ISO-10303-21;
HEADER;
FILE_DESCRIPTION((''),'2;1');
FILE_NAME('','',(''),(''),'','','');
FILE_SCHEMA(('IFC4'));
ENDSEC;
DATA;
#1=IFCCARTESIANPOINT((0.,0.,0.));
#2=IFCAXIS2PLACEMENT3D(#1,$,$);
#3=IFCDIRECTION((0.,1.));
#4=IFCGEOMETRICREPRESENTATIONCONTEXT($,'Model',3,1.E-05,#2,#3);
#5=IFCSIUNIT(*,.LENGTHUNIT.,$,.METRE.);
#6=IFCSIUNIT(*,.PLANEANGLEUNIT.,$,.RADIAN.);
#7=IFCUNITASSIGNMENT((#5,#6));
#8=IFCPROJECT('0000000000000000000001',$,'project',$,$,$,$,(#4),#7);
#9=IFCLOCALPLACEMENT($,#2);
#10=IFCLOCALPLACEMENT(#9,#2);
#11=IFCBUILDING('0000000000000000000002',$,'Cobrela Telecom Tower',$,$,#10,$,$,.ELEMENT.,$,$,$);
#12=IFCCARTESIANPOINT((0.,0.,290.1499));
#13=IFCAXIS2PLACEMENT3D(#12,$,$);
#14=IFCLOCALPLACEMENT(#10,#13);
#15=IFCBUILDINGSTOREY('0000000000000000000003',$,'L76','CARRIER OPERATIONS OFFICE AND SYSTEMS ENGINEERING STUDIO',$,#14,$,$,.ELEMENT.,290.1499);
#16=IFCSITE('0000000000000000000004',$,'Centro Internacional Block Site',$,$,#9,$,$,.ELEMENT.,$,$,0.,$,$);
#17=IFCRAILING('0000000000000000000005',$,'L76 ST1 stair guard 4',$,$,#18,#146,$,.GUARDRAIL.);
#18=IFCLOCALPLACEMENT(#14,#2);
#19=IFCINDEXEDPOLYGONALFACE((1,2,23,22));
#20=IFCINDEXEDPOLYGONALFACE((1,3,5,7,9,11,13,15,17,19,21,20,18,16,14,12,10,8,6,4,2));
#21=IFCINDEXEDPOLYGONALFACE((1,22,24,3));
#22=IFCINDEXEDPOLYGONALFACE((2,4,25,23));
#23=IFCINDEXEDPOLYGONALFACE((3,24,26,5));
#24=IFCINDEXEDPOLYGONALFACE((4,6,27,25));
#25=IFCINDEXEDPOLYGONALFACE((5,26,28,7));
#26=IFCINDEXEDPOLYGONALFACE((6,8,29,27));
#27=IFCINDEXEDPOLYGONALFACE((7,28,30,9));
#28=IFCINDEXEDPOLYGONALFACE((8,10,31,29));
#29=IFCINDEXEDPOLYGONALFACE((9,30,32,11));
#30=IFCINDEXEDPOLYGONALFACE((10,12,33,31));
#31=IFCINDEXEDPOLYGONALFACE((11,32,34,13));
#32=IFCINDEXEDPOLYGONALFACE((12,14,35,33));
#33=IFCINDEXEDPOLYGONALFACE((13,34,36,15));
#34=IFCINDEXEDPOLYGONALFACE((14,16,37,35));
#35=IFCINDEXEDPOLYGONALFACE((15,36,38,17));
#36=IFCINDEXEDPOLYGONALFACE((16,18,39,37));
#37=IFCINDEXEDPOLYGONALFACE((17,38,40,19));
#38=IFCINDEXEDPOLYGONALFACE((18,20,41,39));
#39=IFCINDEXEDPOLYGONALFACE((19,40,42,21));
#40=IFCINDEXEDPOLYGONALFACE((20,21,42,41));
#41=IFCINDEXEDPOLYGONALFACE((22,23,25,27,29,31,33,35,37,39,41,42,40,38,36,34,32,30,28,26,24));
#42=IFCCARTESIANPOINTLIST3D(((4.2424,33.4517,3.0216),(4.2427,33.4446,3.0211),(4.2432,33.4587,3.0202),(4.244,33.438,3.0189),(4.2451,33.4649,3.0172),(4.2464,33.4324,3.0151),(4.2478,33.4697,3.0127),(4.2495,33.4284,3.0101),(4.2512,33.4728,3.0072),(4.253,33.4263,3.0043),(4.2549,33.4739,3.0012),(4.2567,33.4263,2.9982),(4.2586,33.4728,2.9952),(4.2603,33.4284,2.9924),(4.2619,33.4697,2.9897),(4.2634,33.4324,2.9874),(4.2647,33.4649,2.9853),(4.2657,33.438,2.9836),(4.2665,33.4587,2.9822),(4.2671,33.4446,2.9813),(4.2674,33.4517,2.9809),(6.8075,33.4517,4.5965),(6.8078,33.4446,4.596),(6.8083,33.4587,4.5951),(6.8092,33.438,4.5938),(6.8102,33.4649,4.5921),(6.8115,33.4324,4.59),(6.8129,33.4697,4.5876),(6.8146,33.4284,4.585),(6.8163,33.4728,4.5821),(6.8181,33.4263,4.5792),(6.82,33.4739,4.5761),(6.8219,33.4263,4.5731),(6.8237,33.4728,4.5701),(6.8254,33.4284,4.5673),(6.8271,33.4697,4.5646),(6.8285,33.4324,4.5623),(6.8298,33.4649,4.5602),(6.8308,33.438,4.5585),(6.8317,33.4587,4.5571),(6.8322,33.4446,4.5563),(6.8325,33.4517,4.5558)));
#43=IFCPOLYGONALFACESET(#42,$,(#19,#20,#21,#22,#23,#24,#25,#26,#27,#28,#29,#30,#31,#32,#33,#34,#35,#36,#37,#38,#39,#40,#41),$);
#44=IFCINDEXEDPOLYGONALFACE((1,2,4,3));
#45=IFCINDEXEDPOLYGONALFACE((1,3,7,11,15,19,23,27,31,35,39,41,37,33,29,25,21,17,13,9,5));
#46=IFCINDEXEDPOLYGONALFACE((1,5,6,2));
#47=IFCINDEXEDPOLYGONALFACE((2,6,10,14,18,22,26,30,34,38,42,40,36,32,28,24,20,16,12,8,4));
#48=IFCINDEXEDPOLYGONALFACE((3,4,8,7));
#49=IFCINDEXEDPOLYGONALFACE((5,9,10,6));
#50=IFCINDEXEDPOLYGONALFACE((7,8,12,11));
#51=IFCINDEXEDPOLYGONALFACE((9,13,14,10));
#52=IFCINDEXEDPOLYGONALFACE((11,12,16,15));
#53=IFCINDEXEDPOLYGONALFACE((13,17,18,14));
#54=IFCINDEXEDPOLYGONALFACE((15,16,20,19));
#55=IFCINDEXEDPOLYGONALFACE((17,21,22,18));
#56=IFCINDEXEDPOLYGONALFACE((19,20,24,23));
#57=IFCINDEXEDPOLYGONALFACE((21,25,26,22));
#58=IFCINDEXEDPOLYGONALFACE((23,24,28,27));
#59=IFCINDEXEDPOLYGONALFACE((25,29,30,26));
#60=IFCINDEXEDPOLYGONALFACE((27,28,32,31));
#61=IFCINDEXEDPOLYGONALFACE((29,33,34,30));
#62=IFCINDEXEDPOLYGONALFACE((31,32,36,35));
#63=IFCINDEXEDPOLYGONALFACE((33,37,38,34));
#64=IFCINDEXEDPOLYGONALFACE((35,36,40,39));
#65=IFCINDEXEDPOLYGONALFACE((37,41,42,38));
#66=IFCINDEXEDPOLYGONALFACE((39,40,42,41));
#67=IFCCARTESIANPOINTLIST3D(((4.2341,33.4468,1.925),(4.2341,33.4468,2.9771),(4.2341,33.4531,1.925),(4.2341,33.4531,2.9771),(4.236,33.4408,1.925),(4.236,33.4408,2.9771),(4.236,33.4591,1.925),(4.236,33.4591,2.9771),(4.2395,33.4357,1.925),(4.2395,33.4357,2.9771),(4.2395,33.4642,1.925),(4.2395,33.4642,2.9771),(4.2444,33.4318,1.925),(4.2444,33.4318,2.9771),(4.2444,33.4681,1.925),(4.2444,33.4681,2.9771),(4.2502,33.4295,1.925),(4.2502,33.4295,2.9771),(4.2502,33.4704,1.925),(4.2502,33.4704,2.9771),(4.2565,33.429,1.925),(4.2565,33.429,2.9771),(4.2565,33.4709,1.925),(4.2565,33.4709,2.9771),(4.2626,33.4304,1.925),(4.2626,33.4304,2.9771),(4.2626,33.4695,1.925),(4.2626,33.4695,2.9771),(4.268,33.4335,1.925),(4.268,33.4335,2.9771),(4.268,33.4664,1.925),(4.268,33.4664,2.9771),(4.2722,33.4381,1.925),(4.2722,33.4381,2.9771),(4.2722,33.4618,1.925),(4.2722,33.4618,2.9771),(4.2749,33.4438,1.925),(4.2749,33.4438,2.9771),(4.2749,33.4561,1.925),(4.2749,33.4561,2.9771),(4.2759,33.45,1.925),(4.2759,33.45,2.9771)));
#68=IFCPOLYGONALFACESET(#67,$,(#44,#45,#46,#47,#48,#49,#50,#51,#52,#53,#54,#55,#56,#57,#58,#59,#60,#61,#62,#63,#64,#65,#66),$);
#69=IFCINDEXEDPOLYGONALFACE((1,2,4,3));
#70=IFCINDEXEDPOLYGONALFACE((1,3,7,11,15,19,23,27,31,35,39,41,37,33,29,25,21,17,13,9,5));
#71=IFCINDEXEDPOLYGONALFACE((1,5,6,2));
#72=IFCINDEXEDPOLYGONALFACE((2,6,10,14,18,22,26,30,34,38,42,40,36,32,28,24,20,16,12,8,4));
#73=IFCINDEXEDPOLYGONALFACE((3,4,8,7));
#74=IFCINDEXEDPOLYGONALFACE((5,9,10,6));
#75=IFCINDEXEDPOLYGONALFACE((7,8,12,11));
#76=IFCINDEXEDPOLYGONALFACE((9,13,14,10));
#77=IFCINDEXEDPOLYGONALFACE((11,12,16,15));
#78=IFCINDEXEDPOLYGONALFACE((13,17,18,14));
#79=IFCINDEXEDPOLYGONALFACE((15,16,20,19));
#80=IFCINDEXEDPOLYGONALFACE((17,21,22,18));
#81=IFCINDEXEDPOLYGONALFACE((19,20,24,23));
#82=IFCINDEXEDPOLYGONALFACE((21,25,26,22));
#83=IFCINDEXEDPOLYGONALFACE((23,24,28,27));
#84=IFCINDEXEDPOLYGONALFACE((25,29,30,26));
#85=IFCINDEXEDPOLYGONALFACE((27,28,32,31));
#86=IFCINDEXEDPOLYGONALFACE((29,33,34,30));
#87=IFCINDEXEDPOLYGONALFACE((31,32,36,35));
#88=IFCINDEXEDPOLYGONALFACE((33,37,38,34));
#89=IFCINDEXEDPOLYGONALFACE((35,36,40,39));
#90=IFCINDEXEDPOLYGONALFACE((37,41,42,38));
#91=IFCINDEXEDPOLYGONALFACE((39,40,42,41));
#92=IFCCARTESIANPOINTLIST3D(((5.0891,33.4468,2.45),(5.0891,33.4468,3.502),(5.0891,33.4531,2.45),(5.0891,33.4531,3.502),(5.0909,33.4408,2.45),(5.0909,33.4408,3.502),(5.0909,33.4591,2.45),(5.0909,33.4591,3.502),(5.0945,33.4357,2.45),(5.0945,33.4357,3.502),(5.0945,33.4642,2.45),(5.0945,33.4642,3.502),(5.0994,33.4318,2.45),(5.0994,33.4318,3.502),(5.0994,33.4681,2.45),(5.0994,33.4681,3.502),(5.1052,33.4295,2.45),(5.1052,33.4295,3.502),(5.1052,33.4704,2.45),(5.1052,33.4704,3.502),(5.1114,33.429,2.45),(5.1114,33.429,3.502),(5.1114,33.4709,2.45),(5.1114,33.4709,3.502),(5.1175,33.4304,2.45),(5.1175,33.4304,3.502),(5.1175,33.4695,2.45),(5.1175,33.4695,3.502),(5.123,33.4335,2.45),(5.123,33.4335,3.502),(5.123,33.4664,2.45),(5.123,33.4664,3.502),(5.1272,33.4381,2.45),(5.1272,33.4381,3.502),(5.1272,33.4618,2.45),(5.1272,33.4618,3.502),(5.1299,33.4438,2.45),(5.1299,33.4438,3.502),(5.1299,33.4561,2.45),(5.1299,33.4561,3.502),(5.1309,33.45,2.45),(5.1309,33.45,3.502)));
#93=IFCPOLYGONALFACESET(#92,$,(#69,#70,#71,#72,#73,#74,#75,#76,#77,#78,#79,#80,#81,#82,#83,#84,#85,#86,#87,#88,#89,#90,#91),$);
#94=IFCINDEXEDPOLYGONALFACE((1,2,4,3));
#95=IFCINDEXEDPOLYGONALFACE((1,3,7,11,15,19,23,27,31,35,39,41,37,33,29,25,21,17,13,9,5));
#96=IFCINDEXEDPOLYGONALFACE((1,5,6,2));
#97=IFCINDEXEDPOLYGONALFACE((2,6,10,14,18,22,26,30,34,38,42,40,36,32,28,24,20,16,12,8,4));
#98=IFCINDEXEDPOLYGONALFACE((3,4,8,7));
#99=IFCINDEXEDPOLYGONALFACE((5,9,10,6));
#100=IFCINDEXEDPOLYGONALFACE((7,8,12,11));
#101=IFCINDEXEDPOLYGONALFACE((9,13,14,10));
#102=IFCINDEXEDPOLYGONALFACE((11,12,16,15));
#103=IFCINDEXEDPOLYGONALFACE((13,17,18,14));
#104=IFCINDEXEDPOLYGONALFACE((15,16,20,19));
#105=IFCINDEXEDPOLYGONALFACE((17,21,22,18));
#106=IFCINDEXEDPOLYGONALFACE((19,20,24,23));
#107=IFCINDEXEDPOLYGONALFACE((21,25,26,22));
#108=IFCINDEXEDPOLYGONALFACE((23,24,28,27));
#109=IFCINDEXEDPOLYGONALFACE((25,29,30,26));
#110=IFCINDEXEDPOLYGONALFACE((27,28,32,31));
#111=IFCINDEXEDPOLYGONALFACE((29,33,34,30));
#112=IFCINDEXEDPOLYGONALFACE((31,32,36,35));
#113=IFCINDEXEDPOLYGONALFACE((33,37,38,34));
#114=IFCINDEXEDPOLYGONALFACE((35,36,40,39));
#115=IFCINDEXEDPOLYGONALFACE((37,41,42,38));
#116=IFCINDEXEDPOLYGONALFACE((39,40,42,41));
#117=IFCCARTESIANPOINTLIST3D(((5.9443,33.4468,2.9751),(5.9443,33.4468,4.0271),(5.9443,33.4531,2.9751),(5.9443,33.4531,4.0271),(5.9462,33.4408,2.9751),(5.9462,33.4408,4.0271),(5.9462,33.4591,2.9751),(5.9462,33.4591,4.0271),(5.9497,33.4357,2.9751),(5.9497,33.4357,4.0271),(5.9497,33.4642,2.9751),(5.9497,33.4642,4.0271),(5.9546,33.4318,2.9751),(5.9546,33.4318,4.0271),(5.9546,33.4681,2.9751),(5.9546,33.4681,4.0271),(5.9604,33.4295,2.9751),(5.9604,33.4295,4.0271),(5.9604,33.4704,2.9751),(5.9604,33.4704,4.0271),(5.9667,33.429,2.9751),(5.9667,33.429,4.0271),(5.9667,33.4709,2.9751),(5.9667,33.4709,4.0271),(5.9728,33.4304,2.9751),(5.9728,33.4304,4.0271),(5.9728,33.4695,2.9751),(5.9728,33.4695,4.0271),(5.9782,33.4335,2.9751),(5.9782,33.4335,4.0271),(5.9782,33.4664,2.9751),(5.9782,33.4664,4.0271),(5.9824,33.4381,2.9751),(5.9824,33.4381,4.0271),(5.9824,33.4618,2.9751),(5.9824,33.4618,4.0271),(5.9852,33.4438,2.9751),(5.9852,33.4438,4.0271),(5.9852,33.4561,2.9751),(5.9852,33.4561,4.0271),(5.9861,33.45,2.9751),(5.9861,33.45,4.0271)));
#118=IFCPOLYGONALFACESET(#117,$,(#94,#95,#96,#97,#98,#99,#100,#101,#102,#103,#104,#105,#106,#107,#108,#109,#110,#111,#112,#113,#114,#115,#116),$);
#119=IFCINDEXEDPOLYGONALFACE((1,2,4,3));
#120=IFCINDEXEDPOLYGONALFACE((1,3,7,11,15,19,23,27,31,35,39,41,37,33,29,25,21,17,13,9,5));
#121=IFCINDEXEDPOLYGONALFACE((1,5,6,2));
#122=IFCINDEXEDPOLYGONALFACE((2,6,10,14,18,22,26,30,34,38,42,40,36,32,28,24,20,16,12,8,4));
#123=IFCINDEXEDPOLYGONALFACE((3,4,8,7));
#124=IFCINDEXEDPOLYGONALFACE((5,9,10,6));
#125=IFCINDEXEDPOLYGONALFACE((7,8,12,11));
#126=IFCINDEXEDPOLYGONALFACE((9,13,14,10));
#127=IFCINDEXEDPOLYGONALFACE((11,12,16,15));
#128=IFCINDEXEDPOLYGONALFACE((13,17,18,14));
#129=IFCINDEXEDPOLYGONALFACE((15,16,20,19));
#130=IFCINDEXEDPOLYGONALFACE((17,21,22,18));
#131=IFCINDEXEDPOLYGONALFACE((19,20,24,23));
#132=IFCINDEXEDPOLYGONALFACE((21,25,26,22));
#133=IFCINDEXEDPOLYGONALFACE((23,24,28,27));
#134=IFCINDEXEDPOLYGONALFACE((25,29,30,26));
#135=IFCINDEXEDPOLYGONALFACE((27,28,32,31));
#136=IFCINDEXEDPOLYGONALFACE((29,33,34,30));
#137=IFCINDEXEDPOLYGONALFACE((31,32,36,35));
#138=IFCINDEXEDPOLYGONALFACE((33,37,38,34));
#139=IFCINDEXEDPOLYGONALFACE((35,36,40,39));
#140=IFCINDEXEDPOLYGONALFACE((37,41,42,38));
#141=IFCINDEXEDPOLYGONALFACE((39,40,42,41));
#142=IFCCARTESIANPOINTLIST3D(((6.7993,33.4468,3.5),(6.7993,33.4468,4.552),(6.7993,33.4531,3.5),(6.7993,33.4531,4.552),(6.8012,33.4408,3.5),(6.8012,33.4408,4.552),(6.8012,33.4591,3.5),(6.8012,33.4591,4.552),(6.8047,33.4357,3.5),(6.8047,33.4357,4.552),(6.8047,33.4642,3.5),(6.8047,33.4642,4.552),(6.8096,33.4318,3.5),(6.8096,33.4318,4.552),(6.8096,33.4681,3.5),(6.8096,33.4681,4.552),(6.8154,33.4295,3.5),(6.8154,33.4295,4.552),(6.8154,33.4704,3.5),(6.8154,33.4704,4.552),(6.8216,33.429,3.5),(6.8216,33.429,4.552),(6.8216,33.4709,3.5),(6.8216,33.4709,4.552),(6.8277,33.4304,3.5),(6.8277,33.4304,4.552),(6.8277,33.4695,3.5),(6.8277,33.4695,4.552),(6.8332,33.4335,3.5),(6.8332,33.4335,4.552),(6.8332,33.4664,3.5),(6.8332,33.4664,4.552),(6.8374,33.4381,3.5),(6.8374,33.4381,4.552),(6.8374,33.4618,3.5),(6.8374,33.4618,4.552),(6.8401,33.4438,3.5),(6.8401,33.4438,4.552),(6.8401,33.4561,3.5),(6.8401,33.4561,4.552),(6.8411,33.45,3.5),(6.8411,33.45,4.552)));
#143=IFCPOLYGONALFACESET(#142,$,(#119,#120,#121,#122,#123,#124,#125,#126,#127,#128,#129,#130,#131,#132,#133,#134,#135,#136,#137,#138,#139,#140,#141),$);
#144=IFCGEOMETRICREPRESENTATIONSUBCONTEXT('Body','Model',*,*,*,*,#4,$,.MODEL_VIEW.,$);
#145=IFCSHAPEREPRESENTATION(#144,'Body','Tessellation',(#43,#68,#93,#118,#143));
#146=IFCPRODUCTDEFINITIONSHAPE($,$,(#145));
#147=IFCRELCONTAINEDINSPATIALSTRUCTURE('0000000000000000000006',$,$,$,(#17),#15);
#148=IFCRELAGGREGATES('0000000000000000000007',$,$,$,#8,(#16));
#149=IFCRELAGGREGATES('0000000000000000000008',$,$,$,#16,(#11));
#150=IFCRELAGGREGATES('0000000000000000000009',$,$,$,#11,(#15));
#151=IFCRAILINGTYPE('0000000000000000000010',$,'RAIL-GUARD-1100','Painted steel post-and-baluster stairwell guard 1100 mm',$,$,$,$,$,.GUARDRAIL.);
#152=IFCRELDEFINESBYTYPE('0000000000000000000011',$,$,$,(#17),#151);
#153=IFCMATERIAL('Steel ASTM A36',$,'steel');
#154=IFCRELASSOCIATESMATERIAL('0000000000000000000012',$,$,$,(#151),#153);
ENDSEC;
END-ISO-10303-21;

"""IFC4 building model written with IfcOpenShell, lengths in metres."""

from ifc_helpers import new_model, si_unit, direction, frame, origin, origin_2d, place, context, subcontext, project, spatial, circle, extrude, material, type_object, element, save


model = new_model("IFC4")

# Units and contexts
model_context = context("Model", 3, precision=1e-05, world=origin(), true_north=direction((0.0, 1.0)))
body_context = subcontext(model_context, "Body", "Model", "MODEL_VIEW")
ifc_project = project(units=[si_unit("LENGTHUNIT", "METRE"), si_unit("PLANEANGLEUNIT", "RADIAN")], contexts=[model_context])

# Site, building, storey
site_placement = place(None, origin())
site = spatial("IfcSite", under=ifc_project, at=site_placement, Name="Centro Internacional Block Site", CompositionType="ELEMENT", RefElevation=0.0)
building_placement = place(site_placement, origin())
building = spatial("IfcBuilding", under=site, at=building_placement, Name="Cobrela Telecom Tower", CompositionType="ELEMENT")
storey_placement = place(building_placement, frame((0.0, 0.0, 290.1499)))
storey = spatial("IfcBuildingStorey", under=building, at=storey_placement, Name="L76", Description="CARRIER OPERATIONS OFFICE AND SYSTEMS ENGINEERING STUDIO", CompositionType="ELEMENT", Elevation=290.1499)

# Shared definitions
ifc_material_1 = material(Name="Steel ASTM A36", Category="steel")

# Railing
railing_type_1 = type_object("IfcRailingType", Name="RAIL-GUARD-1100", Description="Painted steel post-and-baluster stairwell guard 1100 mm", PredefinedType="GUARDRAIL", material=ifc_material_1)
railing_1_placement = place(storey_placement, frame((4.2549, 33.45, 1.925)))
element("IfcRailing", 1, at=railing_1_placement, inside=storey, type_object=railing_type_1, Name="L76 ST1 stair guard 4", PredefinedType="GUARDRAIL", context=body_context, shape_type="SweptSolid", body=[
    extrude(circle(Radius=0.0239, at=origin_2d()), frame((0.0, 0.0, 1.0762), z_axis=(0.852195, 0.0, 0.523224), x_axis=(0.0, 1.0, 0.0)), (0.0, 0.0, 1.0), 3.01),
    extrude(circle(Radius=0.021, at=origin_2d()), origin(), (0.0, 0.0, 1.0), 1.052),
    extrude(circle(Radius=0.021, at=origin_2d()), frame((0.855, 0.0, 0.5249)), (0.0, 0.0, 1.0), 1.052),
    extrude(circle(Radius=0.021, at=origin_2d()), frame((1.7102, 0.0, 1.05)), (0.0, 0.0, 1.0), 1.052),
    extrude(circle(Radius=0.021, at=origin_2d()), frame((2.5652, 0.0, 1.575)), (0.0, 0.0, 1.0), 1.052),
])

save(model, "model.ifc")
